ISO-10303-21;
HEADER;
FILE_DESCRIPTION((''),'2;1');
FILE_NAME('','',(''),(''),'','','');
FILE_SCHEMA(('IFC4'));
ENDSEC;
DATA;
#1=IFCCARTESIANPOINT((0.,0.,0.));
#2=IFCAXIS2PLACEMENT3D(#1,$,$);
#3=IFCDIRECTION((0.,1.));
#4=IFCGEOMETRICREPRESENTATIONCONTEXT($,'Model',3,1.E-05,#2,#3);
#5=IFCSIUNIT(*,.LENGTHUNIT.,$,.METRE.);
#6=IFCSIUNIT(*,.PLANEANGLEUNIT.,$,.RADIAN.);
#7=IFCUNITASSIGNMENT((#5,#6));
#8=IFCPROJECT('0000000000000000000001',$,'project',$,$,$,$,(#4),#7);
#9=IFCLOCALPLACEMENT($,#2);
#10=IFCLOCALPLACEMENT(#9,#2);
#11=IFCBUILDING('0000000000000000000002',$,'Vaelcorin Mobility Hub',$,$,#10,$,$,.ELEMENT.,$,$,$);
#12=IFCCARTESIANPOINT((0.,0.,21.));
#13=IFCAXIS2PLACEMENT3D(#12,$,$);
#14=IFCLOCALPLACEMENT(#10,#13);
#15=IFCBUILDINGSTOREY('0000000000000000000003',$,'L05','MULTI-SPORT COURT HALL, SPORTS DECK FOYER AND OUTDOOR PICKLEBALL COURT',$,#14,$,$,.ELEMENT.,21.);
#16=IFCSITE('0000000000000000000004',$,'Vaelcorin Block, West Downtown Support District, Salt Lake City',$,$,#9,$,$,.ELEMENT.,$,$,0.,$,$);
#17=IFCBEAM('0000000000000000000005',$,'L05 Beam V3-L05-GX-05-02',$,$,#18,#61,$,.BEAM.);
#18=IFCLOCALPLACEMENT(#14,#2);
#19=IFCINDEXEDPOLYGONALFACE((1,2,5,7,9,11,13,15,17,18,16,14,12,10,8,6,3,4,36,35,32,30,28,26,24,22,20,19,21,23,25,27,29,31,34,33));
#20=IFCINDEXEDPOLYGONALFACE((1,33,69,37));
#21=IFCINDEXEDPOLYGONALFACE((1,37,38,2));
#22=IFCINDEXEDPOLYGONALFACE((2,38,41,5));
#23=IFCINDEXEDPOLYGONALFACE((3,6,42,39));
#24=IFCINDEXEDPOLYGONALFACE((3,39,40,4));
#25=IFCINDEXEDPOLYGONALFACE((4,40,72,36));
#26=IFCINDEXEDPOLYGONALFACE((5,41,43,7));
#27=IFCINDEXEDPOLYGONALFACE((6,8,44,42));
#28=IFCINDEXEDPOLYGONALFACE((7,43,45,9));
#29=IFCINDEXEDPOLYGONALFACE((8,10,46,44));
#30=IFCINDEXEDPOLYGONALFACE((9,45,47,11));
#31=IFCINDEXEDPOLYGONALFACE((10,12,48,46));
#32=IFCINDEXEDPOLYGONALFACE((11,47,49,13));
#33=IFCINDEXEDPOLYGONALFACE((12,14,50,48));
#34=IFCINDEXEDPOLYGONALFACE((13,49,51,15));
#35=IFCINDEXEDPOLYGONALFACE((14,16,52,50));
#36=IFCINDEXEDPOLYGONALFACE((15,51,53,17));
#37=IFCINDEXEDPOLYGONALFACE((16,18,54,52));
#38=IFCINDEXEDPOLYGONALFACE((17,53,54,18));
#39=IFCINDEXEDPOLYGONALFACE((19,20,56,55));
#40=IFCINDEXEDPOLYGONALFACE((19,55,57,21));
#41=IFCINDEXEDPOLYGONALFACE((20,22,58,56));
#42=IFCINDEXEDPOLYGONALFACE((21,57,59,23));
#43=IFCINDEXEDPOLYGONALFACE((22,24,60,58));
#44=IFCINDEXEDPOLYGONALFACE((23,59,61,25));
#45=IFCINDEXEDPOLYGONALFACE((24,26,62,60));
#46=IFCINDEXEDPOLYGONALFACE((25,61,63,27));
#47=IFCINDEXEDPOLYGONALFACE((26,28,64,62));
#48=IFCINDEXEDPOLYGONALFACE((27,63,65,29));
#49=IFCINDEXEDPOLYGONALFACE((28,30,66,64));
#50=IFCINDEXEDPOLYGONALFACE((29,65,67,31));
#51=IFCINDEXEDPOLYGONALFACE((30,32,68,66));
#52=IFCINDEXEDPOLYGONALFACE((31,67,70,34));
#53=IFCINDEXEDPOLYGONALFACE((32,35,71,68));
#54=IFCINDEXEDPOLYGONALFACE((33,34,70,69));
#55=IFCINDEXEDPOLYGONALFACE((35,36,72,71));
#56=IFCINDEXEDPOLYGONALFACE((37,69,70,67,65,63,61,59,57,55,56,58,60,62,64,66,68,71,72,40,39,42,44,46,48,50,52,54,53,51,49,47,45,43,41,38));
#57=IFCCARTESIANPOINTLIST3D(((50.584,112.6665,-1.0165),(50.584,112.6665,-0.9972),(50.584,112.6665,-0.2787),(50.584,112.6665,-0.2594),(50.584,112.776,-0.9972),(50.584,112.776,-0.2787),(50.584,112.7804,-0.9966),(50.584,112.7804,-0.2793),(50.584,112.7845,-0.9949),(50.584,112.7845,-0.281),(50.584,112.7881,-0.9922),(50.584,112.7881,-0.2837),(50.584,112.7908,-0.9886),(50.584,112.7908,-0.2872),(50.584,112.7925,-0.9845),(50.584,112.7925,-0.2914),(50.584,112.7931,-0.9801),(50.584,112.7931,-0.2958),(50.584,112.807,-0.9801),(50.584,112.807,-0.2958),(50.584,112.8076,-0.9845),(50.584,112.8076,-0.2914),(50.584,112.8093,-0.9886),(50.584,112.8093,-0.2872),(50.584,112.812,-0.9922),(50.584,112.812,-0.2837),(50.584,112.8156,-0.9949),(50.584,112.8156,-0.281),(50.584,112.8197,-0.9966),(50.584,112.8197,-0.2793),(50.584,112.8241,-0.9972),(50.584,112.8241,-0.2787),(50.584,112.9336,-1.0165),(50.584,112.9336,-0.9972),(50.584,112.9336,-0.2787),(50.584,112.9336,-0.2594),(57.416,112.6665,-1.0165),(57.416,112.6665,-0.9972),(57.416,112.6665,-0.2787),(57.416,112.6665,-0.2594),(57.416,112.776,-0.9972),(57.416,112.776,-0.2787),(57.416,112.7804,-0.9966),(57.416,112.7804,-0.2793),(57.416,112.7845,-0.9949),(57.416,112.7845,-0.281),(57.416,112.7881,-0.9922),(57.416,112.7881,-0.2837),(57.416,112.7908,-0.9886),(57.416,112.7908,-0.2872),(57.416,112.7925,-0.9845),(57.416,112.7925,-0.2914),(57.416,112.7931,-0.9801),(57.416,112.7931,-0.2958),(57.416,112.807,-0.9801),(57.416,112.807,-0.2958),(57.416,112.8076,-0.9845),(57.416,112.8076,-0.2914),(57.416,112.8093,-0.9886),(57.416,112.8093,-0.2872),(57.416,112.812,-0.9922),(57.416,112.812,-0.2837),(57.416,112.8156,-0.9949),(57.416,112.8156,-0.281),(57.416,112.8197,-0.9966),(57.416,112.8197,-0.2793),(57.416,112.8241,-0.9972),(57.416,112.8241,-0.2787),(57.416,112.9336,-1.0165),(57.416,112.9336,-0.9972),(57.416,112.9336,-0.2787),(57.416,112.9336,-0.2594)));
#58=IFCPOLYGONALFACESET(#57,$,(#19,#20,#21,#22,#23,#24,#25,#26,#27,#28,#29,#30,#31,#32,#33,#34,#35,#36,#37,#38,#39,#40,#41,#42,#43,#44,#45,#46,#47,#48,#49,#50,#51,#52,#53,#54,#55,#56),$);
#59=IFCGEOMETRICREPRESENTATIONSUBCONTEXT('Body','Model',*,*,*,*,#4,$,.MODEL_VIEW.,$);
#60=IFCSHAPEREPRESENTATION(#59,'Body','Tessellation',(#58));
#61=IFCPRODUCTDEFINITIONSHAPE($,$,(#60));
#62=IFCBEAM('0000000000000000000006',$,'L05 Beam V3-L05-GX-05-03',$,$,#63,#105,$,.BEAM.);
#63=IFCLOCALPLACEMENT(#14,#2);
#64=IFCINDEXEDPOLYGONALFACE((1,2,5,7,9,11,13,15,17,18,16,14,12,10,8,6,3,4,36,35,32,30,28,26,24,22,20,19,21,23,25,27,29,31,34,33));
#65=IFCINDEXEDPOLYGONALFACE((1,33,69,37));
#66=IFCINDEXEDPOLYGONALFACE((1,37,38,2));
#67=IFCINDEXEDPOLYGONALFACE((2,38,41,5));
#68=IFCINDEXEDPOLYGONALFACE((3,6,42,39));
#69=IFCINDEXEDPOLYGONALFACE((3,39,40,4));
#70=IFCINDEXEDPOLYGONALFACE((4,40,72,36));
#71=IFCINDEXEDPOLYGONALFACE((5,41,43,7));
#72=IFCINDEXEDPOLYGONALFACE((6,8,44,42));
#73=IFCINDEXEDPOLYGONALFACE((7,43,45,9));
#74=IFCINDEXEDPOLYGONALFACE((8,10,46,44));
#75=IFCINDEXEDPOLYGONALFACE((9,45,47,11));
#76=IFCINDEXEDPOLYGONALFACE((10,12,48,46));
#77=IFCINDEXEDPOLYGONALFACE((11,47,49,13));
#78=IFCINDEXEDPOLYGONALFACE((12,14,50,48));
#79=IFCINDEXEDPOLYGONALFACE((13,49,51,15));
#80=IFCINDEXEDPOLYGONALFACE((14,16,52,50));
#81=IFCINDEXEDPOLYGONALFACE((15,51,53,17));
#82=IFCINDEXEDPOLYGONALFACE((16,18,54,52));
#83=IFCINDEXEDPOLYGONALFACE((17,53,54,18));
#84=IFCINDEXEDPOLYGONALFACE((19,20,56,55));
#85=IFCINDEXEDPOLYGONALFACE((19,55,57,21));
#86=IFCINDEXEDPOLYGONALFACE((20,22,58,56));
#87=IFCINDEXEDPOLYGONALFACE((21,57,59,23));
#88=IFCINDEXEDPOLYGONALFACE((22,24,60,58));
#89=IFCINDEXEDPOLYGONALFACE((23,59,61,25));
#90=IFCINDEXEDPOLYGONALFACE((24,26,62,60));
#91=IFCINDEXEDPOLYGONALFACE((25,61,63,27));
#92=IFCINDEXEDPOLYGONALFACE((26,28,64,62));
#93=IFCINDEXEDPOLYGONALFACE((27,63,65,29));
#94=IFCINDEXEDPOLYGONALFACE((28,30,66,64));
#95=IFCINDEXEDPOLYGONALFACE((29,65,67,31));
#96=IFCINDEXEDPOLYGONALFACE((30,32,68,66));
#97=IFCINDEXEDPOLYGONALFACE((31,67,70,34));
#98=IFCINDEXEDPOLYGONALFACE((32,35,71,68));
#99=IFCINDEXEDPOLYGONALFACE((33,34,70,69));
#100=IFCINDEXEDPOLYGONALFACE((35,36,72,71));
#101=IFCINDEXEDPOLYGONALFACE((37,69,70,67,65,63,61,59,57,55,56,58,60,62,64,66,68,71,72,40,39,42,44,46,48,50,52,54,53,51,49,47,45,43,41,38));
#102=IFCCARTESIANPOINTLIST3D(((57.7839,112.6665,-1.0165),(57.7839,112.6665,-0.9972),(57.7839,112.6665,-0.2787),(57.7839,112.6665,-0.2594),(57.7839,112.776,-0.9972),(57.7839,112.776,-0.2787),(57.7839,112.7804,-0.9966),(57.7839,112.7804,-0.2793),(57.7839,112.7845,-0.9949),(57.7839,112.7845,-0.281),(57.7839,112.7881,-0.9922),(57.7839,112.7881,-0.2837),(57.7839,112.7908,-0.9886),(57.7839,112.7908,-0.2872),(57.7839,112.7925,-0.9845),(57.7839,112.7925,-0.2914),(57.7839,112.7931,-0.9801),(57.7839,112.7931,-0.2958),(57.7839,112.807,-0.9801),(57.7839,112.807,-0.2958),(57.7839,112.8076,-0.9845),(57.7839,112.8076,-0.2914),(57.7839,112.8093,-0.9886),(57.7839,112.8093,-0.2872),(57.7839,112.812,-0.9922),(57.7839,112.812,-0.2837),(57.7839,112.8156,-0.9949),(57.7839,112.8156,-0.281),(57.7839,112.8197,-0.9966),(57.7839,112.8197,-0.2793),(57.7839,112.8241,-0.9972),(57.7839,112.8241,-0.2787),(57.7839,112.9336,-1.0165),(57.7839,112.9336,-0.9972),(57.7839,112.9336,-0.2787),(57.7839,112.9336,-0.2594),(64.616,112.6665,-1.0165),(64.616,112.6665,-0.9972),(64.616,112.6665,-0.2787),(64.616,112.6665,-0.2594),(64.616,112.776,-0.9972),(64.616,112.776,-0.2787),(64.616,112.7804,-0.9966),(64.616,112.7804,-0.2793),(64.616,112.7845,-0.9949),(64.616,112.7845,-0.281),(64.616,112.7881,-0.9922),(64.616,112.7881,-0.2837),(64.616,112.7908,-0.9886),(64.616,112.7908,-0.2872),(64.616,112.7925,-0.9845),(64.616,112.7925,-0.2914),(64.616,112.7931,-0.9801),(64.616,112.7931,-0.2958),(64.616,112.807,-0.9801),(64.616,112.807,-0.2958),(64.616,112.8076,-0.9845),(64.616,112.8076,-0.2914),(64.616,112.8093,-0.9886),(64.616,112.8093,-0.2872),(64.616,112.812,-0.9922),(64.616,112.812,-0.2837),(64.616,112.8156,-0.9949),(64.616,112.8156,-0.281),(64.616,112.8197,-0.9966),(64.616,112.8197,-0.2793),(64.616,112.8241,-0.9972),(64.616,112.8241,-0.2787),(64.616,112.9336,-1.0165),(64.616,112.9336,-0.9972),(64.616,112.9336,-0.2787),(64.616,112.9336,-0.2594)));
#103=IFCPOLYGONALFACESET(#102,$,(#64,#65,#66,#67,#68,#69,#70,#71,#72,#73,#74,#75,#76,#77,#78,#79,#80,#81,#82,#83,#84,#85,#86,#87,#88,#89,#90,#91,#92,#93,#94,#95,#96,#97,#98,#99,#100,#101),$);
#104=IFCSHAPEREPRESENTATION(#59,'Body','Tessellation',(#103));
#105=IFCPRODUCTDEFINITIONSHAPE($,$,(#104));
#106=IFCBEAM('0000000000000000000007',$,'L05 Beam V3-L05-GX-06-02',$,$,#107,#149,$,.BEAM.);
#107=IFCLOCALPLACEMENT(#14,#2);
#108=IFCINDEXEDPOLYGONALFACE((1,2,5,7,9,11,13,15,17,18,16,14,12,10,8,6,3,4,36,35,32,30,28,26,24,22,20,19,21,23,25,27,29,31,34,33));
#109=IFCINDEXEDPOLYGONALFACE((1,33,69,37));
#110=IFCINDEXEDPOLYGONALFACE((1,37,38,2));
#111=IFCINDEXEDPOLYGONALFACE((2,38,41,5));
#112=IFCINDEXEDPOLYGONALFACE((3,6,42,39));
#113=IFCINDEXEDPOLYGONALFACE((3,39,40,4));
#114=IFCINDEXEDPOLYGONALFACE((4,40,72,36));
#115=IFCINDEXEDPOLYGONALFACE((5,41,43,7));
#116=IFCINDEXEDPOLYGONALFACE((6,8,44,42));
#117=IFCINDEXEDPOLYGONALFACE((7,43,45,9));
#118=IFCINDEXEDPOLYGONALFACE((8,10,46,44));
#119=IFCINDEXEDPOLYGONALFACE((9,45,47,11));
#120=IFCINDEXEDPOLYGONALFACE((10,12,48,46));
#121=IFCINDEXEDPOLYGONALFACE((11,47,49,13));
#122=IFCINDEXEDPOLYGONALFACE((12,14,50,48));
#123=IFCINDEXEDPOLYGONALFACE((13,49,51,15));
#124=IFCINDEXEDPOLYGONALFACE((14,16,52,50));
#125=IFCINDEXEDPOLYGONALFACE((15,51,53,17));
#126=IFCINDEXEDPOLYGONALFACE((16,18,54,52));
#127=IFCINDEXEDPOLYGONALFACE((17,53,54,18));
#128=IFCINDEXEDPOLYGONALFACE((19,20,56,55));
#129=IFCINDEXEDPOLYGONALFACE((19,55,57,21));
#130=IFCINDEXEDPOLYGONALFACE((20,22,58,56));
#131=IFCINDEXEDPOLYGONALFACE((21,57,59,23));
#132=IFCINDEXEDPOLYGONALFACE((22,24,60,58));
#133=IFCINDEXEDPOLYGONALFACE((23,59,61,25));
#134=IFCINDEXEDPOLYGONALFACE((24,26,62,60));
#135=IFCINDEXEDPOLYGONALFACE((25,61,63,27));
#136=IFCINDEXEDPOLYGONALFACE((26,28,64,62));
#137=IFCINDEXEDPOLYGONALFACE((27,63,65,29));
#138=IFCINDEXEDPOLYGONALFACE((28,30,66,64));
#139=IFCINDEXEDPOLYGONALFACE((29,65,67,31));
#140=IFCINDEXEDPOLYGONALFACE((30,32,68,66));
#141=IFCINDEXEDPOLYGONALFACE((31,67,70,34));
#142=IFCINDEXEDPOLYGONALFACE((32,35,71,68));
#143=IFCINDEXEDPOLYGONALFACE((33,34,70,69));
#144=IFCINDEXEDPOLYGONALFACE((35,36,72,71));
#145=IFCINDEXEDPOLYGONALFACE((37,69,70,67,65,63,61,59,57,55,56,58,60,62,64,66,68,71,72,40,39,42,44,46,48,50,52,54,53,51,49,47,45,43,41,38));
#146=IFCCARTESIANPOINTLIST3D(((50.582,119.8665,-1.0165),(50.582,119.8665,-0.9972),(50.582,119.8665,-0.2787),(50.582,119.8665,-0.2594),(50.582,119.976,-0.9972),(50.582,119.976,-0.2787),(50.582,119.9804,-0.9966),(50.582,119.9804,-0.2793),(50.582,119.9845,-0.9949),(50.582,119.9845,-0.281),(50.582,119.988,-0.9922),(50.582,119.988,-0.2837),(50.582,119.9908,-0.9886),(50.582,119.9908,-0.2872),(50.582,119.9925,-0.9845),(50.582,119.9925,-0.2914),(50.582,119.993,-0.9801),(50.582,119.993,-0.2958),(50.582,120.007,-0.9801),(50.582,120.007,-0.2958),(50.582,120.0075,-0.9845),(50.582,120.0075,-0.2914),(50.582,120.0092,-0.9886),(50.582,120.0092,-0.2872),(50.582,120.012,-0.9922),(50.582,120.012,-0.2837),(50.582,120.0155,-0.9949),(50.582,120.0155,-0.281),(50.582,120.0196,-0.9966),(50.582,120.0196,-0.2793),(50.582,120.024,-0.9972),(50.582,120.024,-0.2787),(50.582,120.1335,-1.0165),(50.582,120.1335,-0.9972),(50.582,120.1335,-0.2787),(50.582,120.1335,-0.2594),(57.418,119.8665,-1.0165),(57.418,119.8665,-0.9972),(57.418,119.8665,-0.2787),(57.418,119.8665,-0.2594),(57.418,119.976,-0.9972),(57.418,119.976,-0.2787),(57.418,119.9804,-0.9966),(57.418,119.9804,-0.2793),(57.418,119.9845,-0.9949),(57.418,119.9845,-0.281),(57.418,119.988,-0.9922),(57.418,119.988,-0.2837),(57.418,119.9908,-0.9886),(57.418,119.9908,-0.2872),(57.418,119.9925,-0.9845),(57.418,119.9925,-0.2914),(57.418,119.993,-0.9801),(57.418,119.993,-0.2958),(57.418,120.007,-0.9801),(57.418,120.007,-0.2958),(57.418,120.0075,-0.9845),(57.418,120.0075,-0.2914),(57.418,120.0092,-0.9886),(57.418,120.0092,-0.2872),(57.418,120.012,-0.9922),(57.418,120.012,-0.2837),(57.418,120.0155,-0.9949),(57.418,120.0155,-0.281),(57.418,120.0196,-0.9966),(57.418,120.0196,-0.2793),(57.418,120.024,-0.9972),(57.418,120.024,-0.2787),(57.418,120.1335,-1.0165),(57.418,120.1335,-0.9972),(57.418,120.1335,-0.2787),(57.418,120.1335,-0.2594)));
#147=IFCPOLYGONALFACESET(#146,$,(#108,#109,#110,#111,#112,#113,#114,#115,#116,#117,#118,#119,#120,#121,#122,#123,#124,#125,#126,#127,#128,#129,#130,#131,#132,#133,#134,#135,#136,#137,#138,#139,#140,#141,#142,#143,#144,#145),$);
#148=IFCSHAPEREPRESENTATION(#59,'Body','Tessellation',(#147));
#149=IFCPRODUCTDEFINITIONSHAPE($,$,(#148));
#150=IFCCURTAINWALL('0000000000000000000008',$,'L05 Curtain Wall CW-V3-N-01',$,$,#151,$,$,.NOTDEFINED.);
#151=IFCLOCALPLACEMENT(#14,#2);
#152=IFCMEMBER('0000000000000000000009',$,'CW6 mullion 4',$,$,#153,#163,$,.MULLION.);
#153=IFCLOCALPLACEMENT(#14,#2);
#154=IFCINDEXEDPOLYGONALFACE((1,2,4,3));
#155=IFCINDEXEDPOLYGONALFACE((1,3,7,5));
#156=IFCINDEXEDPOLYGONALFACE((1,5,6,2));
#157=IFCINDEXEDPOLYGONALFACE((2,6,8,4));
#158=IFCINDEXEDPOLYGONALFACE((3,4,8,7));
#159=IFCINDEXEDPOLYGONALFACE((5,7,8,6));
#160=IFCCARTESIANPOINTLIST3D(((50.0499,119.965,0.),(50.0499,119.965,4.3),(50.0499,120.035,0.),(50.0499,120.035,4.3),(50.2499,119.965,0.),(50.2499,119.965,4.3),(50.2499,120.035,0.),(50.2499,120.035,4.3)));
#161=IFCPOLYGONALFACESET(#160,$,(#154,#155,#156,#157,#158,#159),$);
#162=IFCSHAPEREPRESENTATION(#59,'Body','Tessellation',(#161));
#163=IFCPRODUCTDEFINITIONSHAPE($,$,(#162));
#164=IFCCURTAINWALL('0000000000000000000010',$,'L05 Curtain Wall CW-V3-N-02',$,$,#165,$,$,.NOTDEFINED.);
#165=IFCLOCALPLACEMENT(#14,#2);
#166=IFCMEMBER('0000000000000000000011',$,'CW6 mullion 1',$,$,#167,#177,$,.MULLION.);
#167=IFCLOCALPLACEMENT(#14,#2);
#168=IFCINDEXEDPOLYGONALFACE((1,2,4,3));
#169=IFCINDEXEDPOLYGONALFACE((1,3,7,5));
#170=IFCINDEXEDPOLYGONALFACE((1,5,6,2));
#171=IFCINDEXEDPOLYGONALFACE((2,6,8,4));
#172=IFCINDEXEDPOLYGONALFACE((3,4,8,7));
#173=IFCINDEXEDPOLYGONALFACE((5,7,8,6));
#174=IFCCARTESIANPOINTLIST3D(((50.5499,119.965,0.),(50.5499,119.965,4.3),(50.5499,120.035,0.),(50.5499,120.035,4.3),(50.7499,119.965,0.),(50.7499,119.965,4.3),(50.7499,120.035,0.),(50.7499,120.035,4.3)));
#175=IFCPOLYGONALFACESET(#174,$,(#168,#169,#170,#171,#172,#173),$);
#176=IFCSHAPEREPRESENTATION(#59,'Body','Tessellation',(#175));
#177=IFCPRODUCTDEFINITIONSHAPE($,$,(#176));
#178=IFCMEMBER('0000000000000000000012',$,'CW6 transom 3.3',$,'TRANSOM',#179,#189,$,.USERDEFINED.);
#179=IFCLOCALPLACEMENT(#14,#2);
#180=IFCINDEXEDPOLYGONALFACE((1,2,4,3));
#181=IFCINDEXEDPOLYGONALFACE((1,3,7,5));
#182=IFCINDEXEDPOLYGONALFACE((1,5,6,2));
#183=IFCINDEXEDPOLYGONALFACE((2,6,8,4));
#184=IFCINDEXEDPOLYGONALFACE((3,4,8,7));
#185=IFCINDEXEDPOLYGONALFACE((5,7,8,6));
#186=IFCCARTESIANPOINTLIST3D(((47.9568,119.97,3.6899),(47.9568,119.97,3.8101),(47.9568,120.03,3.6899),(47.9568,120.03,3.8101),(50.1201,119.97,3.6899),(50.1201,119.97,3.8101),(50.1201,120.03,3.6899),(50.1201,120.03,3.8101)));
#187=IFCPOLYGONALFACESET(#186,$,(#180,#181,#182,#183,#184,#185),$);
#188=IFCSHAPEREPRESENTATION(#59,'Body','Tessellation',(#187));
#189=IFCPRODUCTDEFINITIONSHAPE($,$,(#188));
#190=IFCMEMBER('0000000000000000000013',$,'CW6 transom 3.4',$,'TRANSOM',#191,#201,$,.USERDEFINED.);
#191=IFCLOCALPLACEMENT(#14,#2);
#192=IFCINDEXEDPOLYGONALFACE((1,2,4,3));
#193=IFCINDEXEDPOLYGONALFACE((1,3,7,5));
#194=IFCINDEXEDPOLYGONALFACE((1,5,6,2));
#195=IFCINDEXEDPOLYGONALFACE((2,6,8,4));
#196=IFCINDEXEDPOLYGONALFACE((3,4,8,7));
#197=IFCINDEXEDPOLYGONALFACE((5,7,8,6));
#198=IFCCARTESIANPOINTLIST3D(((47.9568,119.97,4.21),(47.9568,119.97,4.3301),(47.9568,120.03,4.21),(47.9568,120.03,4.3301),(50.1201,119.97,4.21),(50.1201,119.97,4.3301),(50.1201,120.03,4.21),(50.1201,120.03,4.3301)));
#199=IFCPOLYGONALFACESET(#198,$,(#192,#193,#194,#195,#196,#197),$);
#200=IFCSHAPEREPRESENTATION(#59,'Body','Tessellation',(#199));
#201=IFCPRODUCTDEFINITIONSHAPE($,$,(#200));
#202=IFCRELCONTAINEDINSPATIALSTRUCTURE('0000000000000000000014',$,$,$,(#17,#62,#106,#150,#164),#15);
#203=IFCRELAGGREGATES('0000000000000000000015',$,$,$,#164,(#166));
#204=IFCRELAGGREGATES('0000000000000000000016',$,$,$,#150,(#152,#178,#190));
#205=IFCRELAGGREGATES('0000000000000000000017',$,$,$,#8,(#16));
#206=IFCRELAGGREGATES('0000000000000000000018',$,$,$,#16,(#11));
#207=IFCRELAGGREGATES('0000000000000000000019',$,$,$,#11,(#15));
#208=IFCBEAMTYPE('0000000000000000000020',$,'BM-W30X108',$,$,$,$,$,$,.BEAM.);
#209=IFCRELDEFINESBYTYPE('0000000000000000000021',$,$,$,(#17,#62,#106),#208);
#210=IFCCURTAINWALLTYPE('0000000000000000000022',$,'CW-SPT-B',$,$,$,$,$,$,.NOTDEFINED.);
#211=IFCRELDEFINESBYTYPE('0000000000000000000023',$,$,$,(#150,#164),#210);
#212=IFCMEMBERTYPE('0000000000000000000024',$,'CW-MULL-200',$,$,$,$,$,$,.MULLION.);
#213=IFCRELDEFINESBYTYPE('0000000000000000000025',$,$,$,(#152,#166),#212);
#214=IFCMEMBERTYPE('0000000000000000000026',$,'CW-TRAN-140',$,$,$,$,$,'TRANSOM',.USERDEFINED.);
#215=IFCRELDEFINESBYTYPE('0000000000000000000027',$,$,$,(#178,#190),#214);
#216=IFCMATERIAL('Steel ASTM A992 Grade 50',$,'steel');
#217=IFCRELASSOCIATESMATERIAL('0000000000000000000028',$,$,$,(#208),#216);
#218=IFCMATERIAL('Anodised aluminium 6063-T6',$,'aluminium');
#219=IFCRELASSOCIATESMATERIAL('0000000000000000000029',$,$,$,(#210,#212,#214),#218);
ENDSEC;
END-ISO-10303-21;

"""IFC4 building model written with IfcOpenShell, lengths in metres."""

from ifc_helpers import new_model, si_unit, direction, frame, origin, origin_2d, place, context, subcontext, project, spatial, rectangle, i_section, extrude, material, material_profile, profile_set, type_object, element, aggregate, save


model = new_model("IFC4")

# Units and contexts
model_context = context("Model", 3, precision=1e-05, world=origin(), true_north=direction((0.0, 1.0)))
body_context = subcontext(model_context, "Body", "Model", "MODEL_VIEW")
ifc_project = project(units=[si_unit("LENGTHUNIT", "METRE"), si_unit("PLANEANGLEUNIT", "RADIAN")], contexts=[model_context])

# Site, building, storey
site_placement = place(None, origin())
site = spatial("IfcSite", under=ifc_project, at=site_placement, Name="Vaelcorin Block, West Downtown Support District, Salt Lake City", CompositionType="ELEMENT", RefElevation=0.0)
building_placement = place(site_placement, origin())
building = spatial("IfcBuilding", under=site, at=building_placement, Name="Vaelcorin Mobility Hub", CompositionType="ELEMENT")
storey_placement = place(building_placement, frame((0.0, 0.0, 21.0)))
storey = spatial("IfcBuildingStorey", under=building, at=storey_placement, Name="L05", Description="MULTI-SPORT COURT HALL, SPORTS DECK FOYER AND OUTDOOR PICKLEBALL COURT", CompositionType="ELEMENT", Elevation=21.0)

# Shared definitions
ifc_material_1 = material(Name="Steel ASTM A992 Grade 50", Category="steel")

# Beams
ifc_material_profile_1 = material_profile(ifc_material_1, i_section(OverallWidth=0.2671, OverallDepth=0.7571, WebThickness=0.0139, FlangeThickness=0.0193, FilletRadius=0.0171, at=origin_2d()), Name="W30X108")
ifc_profile_set_1 = profile_set([ifc_material_profile_1], Name="Steel ASTM A992 Grade 50")
beam_type_1 = type_object("IfcBeamType", Name="BM-W30X108", PredefinedType="BEAM", material=ifc_profile_set_1)
for number, where, z_axis, x_axis, name in (
    (1, (50.584, 112.8, -0.6379), (1.0, 0.0, 0.0), (0.0, 1.0, 0.0), "L05 Beam V3-L05-GX-05-02"),
    (2, (57.7839, 112.8, -0.6379), (1.0, 0.0, 0.0), (0.0, 1.0, 0.0), "L05 Beam V3-L05-GX-05-03"),
):
    element("IfcBeam", number, at=place(storey_placement, frame(where, z_axis=z_axis, x_axis=x_axis)), inside=storey, type_object=beam_type_1, Name=name, PredefinedType="BEAM", context=body_context, shape_type="SweptSolid", body=[
        extrude(i_section(OverallWidth=0.2671, OverallDepth=0.7571, WebThickness=0.0139, FlangeThickness=0.0193, FilletRadius=0.0171, at=origin_2d()), origin(), (0.0, 0.0, 1.0), 6.832),
    ])
beam_1_placement = place(storey_placement, frame((50.582, 120.0, -0.6379), z_axis=(1.0, 0.0, 0.0), x_axis=(0.0, 1.0, 0.0)))
element("IfcBeam", 3, at=beam_1_placement, inside=storey, type_object=beam_type_1, Name="L05 Beam V3-L05-GX-06-02", PredefinedType="BEAM", context=body_context, shape_type="SweptSolid", body=[
    extrude(i_section(OverallWidth=0.2671, OverallDepth=0.7571, WebThickness=0.0139, FlangeThickness=0.0193, FilletRadius=0.0171, at=origin_2d()), origin(), (0.0, 0.0, 1.0), 6.8359),
])

# Curtain walls, members
ifc_material_2 = material(Name="Anodised aluminium 6063-T6", Category="aluminium")
curtain_wall_type = type_object("IfcCurtainWallType", Name="CW-SPT-B", PredefinedType="NOTDEFINED", material=ifc_material_2)
curtain_wall_1_placement = place(storey_placement, origin())
curtain_wall_1 = element("IfcCurtainWall", 4, at=curtain_wall_1_placement, inside=storey, type_object=curtain_wall_type, Name="L05 Curtain Wall CW-V3-N-01", PredefinedType="NOTDEFINED")
ifc_material_profile_2 = material_profile(ifc_material_2, rectangle(XDim=0.0701, YDim=0.2, at=origin_2d()), Name="ALU-M70X200")
ifc_profile_set_2 = profile_set([ifc_material_profile_2], Name="Anodised aluminium 6063-T6")
member_type_1 = type_object("IfcMemberType", Name="CW-MULL-200", PredefinedType="MULLION", material=ifc_profile_set_2)
member_1_placement = place(storey_placement, frame((50.1499, 120.0, 0.0), z_axis=(0.0, 0.0, 1.0), x_axis=(0.0, 1.0, 0.0)))
member_1 = element("IfcMember", 5, at=member_1_placement, type_object=member_type_1, Name="CW6 mullion 4", PredefinedType="MULLION", context=body_context, shape_type="SweptSolid", body=[
    extrude(rectangle(XDim=0.0701, YDim=0.2, at=origin_2d()), origin(), (0.0, 0.0, 1.0), 4.3),
])
curtain_wall_2_placement = place(storey_placement, origin())
curtain_wall_2 = element("IfcCurtainWall", 6, at=curtain_wall_2_placement, inside=storey, type_object=curtain_wall_type, Name="L05 Curtain Wall CW-V3-N-02", PredefinedType="NOTDEFINED")
member_2_placement = place(storey_placement, frame((50.6499, 120.0, 0.0), z_axis=(0.0, 0.0, 1.0), x_axis=(0.0, 1.0, 0.0)))
member_2 = element("IfcMember", 7, at=member_2_placement, type_object=member_type_1, Name="CW6 mullion 1", PredefinedType="MULLION", context=body_context, shape_type="SweptSolid", body=[
    extrude(rectangle(XDim=0.0701, YDim=0.2, at=origin_2d()), origin(), (0.0, 0.0, 1.0), 4.3),
])

# Members
ifc_material_profile_3 = material_profile(ifc_material_2, rectangle(XDim=0.0601, YDim=0.1201, at=origin_2d()), Name="ALU-T60X120")
ifc_profile_set_3 = profile_set([ifc_material_profile_3], Name="Anodised aluminium 6063-T6")
member_type_2 = type_object("IfcMemberType", Name="CW-TRAN-140", ElementType="TRANSOM", PredefinedType="USERDEFINED", material=ifc_profile_set_3)
member_3_placement = place(storey_placement, frame((47.9568, 120.0, 3.75), z_axis=(1.0, 0.0, 0.0), x_axis=(0.0, 1.0, 0.0)))
member_3 = element("IfcMember", 8, at=member_3_placement, type_object=member_type_2, Name="CW6 transom 3.3", ObjectType="TRANSOM", PredefinedType="USERDEFINED", context=body_context, shape_type="SweptSolid", body=[
    extrude(rectangle(XDim=0.0601, YDim=0.1201, at=origin_2d()), origin(), (0.0, 0.0, 1.0), 2.1633),
])
member_4_placement = place(storey_placement, frame((47.9568, 120.0, 4.27), z_axis=(1.0, 0.0, 0.0), x_axis=(0.0, 1.0, 0.0)))
member_4 = element("IfcMember", 9, at=member_4_placement, type_object=member_type_2, Name="CW6 transom 3.4", ObjectType="TRANSOM", PredefinedType="USERDEFINED", context=body_context, shape_type="SweptSolid", body=[
    extrude(rectangle(XDim=0.0601, YDim=0.1201, at=origin_2d()), origin(), (0.0, 0.0, 1.0), 2.1633),
])
aggregate(curtain_wall_2, [member_2])

aggregate(curtain_wall_1, [member_1, member_3, member_4])

save(model, "model.ifc")
